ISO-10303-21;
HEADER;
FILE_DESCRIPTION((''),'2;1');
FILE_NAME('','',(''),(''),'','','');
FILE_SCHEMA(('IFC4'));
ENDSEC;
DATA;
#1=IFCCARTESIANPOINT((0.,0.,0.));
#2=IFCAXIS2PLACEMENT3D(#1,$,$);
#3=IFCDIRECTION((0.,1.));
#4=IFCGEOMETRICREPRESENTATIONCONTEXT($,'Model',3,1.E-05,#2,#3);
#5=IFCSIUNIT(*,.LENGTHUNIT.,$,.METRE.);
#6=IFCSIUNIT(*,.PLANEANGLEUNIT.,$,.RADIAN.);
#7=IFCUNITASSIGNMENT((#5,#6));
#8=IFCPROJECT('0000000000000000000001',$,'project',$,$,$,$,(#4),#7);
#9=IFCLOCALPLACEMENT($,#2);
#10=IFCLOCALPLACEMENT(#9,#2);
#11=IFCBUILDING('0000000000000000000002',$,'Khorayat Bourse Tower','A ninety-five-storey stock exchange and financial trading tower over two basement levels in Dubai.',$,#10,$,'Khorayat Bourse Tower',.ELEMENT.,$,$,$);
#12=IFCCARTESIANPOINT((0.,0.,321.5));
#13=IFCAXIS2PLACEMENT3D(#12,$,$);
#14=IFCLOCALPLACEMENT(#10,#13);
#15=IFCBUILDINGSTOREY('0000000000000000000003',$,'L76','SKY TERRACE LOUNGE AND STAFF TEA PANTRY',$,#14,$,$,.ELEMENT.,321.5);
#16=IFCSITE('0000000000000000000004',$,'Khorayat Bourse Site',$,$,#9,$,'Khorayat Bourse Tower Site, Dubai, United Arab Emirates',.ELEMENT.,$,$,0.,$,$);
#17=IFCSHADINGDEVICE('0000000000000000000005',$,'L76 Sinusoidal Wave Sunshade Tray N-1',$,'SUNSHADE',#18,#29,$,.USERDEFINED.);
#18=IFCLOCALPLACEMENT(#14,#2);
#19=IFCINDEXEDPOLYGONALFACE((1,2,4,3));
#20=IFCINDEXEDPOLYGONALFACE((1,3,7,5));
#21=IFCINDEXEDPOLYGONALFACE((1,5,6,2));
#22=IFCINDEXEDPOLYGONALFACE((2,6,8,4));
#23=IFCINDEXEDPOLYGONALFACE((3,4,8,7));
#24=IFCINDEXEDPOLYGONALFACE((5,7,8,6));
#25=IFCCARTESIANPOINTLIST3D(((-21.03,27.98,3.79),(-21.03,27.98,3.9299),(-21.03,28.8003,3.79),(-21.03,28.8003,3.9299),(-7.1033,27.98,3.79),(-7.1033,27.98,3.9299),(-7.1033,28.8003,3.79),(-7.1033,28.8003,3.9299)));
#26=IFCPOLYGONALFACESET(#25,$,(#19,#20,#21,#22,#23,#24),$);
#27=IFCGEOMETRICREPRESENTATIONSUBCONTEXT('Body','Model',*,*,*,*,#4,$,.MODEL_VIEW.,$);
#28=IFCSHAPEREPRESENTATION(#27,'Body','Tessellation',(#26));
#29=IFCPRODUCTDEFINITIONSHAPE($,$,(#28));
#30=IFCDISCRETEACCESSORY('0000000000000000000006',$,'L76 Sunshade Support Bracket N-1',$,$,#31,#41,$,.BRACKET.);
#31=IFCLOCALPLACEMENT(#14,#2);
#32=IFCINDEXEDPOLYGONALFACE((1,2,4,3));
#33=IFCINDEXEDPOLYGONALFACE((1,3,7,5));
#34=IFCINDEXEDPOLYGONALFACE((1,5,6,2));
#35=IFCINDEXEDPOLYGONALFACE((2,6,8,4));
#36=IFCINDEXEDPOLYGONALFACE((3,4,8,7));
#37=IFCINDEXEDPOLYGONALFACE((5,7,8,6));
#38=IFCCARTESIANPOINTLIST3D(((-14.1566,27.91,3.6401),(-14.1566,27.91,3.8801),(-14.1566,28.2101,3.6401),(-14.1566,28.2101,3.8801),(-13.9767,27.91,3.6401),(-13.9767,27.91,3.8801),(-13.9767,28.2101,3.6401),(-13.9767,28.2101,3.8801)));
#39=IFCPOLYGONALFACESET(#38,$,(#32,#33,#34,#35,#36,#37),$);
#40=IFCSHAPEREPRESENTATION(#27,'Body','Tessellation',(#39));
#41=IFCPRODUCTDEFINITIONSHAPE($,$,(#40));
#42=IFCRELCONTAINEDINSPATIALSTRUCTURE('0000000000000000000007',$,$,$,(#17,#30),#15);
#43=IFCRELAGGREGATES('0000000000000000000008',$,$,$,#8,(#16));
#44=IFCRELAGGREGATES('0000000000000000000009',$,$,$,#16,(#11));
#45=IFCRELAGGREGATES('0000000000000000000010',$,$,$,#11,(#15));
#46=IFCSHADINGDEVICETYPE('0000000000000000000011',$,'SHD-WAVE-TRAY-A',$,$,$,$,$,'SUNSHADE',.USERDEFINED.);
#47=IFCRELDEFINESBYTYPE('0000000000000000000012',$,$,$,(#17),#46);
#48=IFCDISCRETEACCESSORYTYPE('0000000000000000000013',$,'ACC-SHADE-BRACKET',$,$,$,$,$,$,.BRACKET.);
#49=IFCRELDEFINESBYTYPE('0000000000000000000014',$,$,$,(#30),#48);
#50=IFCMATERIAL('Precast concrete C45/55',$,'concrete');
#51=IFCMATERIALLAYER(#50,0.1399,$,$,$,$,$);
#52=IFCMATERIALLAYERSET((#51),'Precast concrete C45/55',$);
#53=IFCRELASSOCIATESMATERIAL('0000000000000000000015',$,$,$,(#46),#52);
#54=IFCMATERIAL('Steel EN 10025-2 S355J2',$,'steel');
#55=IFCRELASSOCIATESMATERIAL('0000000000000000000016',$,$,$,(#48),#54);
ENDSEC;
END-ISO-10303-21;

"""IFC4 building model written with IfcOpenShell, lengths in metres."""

from ifc_helpers import new_model, si_unit, direction, frame, origin, origin_2d, place, context, subcontext, project, spatial, rectangle, extrude, source, transform, mapped, material, layer, layer_set, type_object, element, save


model = new_model("IFC4")

# Units and contexts
model_context = context("Model", 3, precision=1e-05, world=origin(), true_north=direction((0.0, 1.0)))
body_context = subcontext(model_context, "Body", "Model", "MODEL_VIEW")
ifc_project = project(units=[si_unit("LENGTHUNIT", "METRE"), si_unit("PLANEANGLEUNIT", "RADIAN")], contexts=[model_context])

# Site, building, storey
site_placement = place(None, origin())
site = spatial("IfcSite", under=ifc_project, at=site_placement, Name="Khorayat Bourse Site", LongName="Khorayat Bourse Tower Site, Dubai, United Arab Emirates", CompositionType="ELEMENT", RefElevation=0.0)
building_placement = place(site_placement, origin())
building = spatial("IfcBuilding", under=site, at=building_placement, Name="Khorayat Bourse Tower", Description="A ninety-five-storey stock exchange and financial trading tower over two basement levels in Dubai.", LongName="Khorayat Bourse Tower", CompositionType="ELEMENT")
storey_placement = place(building_placement, frame((0.0, 0.0, 321.5)))
storey = spatial("IfcBuildingStorey", under=building, at=storey_placement, Name="L76", Description="SKY TERRACE LOUNGE AND STAFF TEA PANTRY", CompositionType="ELEMENT", Elevation=321.5)

# Shared definitions
ifc_material_1 = material(Name="Steel EN 10025-2 S355J2", Category="steel")

# Shading device
ifc_material_2 = material(Name="Precast concrete C45/55", Category="concrete")
ifc_layer_1 = layer(ifc_material_2, 0.1399)
ifc_layer_set_1 = layer_set([ifc_layer_1], Name="Precast concrete C45/55")
shading_device_type = type_object("IfcShadingDeviceType", Name="SHD-WAVE-TRAY-A", ElementType="SUNSHADE", PredefinedType="USERDEFINED", material=ifc_layer_set_1)
shared_shape_1 = source(origin(), body_context, "Body", "SweptSolid", [
    extrude(rectangle(XDim=13.9268, YDim=0.8203, at=origin_2d()), origin(), (0.0, 0.0, 1.0), 0.1399),
])
shading_device_placement = place(storey_placement, frame((-14.0667, 28.3901, 3.79), z_axis=(0.0, 0.0, 1.0), x_axis=(1.0, 0.0, 0.0)))
element("IfcShadingDevice", 1, at=shading_device_placement, inside=storey, type_object=shading_device_type, Name="L76 Sinusoidal Wave Sunshade Tray N-1", ObjectType="SUNSHADE", PredefinedType="USERDEFINED", context=body_context, shape_type="MappedRepresentation", body=[
    mapped(shared_shape_1, transform((0.0, 0.0, 0.0), scale=1.0)),
])

# Discrete accessory
discrete_accessory_type = type_object("IfcDiscreteAccessoryType", Name="ACC-SHADE-BRACKET", PredefinedType="BRACKET", material=ifc_material_1)
shared_shape_2 = source(origin(), body_context, "Body", "SweptSolid", [
    extrude(rectangle(XDim=0.1799, YDim=0.3, at=origin_2d()), origin(), (0.0, 0.0, 1.0), 0.24),
])
discrete_accessory_placement = place(storey_placement, frame((-14.0667, 28.0601, 3.6401), z_axis=(0.0, 0.0, 1.0), x_axis=(1.0, 0.0, 0.0)))
element("IfcDiscreteAccessory", 2, at=discrete_accessory_placement, inside=storey, type_object=discrete_accessory_type, Name="L76 Sunshade Support Bracket N-1", PredefinedType="BRACKET", context=body_context, shape_type="MappedRepresentation", body=[
    mapped(shared_shape_2, transform((0.0, 0.0, 0.0), scale=1.0)),
])

save(model, "model.ifc")
